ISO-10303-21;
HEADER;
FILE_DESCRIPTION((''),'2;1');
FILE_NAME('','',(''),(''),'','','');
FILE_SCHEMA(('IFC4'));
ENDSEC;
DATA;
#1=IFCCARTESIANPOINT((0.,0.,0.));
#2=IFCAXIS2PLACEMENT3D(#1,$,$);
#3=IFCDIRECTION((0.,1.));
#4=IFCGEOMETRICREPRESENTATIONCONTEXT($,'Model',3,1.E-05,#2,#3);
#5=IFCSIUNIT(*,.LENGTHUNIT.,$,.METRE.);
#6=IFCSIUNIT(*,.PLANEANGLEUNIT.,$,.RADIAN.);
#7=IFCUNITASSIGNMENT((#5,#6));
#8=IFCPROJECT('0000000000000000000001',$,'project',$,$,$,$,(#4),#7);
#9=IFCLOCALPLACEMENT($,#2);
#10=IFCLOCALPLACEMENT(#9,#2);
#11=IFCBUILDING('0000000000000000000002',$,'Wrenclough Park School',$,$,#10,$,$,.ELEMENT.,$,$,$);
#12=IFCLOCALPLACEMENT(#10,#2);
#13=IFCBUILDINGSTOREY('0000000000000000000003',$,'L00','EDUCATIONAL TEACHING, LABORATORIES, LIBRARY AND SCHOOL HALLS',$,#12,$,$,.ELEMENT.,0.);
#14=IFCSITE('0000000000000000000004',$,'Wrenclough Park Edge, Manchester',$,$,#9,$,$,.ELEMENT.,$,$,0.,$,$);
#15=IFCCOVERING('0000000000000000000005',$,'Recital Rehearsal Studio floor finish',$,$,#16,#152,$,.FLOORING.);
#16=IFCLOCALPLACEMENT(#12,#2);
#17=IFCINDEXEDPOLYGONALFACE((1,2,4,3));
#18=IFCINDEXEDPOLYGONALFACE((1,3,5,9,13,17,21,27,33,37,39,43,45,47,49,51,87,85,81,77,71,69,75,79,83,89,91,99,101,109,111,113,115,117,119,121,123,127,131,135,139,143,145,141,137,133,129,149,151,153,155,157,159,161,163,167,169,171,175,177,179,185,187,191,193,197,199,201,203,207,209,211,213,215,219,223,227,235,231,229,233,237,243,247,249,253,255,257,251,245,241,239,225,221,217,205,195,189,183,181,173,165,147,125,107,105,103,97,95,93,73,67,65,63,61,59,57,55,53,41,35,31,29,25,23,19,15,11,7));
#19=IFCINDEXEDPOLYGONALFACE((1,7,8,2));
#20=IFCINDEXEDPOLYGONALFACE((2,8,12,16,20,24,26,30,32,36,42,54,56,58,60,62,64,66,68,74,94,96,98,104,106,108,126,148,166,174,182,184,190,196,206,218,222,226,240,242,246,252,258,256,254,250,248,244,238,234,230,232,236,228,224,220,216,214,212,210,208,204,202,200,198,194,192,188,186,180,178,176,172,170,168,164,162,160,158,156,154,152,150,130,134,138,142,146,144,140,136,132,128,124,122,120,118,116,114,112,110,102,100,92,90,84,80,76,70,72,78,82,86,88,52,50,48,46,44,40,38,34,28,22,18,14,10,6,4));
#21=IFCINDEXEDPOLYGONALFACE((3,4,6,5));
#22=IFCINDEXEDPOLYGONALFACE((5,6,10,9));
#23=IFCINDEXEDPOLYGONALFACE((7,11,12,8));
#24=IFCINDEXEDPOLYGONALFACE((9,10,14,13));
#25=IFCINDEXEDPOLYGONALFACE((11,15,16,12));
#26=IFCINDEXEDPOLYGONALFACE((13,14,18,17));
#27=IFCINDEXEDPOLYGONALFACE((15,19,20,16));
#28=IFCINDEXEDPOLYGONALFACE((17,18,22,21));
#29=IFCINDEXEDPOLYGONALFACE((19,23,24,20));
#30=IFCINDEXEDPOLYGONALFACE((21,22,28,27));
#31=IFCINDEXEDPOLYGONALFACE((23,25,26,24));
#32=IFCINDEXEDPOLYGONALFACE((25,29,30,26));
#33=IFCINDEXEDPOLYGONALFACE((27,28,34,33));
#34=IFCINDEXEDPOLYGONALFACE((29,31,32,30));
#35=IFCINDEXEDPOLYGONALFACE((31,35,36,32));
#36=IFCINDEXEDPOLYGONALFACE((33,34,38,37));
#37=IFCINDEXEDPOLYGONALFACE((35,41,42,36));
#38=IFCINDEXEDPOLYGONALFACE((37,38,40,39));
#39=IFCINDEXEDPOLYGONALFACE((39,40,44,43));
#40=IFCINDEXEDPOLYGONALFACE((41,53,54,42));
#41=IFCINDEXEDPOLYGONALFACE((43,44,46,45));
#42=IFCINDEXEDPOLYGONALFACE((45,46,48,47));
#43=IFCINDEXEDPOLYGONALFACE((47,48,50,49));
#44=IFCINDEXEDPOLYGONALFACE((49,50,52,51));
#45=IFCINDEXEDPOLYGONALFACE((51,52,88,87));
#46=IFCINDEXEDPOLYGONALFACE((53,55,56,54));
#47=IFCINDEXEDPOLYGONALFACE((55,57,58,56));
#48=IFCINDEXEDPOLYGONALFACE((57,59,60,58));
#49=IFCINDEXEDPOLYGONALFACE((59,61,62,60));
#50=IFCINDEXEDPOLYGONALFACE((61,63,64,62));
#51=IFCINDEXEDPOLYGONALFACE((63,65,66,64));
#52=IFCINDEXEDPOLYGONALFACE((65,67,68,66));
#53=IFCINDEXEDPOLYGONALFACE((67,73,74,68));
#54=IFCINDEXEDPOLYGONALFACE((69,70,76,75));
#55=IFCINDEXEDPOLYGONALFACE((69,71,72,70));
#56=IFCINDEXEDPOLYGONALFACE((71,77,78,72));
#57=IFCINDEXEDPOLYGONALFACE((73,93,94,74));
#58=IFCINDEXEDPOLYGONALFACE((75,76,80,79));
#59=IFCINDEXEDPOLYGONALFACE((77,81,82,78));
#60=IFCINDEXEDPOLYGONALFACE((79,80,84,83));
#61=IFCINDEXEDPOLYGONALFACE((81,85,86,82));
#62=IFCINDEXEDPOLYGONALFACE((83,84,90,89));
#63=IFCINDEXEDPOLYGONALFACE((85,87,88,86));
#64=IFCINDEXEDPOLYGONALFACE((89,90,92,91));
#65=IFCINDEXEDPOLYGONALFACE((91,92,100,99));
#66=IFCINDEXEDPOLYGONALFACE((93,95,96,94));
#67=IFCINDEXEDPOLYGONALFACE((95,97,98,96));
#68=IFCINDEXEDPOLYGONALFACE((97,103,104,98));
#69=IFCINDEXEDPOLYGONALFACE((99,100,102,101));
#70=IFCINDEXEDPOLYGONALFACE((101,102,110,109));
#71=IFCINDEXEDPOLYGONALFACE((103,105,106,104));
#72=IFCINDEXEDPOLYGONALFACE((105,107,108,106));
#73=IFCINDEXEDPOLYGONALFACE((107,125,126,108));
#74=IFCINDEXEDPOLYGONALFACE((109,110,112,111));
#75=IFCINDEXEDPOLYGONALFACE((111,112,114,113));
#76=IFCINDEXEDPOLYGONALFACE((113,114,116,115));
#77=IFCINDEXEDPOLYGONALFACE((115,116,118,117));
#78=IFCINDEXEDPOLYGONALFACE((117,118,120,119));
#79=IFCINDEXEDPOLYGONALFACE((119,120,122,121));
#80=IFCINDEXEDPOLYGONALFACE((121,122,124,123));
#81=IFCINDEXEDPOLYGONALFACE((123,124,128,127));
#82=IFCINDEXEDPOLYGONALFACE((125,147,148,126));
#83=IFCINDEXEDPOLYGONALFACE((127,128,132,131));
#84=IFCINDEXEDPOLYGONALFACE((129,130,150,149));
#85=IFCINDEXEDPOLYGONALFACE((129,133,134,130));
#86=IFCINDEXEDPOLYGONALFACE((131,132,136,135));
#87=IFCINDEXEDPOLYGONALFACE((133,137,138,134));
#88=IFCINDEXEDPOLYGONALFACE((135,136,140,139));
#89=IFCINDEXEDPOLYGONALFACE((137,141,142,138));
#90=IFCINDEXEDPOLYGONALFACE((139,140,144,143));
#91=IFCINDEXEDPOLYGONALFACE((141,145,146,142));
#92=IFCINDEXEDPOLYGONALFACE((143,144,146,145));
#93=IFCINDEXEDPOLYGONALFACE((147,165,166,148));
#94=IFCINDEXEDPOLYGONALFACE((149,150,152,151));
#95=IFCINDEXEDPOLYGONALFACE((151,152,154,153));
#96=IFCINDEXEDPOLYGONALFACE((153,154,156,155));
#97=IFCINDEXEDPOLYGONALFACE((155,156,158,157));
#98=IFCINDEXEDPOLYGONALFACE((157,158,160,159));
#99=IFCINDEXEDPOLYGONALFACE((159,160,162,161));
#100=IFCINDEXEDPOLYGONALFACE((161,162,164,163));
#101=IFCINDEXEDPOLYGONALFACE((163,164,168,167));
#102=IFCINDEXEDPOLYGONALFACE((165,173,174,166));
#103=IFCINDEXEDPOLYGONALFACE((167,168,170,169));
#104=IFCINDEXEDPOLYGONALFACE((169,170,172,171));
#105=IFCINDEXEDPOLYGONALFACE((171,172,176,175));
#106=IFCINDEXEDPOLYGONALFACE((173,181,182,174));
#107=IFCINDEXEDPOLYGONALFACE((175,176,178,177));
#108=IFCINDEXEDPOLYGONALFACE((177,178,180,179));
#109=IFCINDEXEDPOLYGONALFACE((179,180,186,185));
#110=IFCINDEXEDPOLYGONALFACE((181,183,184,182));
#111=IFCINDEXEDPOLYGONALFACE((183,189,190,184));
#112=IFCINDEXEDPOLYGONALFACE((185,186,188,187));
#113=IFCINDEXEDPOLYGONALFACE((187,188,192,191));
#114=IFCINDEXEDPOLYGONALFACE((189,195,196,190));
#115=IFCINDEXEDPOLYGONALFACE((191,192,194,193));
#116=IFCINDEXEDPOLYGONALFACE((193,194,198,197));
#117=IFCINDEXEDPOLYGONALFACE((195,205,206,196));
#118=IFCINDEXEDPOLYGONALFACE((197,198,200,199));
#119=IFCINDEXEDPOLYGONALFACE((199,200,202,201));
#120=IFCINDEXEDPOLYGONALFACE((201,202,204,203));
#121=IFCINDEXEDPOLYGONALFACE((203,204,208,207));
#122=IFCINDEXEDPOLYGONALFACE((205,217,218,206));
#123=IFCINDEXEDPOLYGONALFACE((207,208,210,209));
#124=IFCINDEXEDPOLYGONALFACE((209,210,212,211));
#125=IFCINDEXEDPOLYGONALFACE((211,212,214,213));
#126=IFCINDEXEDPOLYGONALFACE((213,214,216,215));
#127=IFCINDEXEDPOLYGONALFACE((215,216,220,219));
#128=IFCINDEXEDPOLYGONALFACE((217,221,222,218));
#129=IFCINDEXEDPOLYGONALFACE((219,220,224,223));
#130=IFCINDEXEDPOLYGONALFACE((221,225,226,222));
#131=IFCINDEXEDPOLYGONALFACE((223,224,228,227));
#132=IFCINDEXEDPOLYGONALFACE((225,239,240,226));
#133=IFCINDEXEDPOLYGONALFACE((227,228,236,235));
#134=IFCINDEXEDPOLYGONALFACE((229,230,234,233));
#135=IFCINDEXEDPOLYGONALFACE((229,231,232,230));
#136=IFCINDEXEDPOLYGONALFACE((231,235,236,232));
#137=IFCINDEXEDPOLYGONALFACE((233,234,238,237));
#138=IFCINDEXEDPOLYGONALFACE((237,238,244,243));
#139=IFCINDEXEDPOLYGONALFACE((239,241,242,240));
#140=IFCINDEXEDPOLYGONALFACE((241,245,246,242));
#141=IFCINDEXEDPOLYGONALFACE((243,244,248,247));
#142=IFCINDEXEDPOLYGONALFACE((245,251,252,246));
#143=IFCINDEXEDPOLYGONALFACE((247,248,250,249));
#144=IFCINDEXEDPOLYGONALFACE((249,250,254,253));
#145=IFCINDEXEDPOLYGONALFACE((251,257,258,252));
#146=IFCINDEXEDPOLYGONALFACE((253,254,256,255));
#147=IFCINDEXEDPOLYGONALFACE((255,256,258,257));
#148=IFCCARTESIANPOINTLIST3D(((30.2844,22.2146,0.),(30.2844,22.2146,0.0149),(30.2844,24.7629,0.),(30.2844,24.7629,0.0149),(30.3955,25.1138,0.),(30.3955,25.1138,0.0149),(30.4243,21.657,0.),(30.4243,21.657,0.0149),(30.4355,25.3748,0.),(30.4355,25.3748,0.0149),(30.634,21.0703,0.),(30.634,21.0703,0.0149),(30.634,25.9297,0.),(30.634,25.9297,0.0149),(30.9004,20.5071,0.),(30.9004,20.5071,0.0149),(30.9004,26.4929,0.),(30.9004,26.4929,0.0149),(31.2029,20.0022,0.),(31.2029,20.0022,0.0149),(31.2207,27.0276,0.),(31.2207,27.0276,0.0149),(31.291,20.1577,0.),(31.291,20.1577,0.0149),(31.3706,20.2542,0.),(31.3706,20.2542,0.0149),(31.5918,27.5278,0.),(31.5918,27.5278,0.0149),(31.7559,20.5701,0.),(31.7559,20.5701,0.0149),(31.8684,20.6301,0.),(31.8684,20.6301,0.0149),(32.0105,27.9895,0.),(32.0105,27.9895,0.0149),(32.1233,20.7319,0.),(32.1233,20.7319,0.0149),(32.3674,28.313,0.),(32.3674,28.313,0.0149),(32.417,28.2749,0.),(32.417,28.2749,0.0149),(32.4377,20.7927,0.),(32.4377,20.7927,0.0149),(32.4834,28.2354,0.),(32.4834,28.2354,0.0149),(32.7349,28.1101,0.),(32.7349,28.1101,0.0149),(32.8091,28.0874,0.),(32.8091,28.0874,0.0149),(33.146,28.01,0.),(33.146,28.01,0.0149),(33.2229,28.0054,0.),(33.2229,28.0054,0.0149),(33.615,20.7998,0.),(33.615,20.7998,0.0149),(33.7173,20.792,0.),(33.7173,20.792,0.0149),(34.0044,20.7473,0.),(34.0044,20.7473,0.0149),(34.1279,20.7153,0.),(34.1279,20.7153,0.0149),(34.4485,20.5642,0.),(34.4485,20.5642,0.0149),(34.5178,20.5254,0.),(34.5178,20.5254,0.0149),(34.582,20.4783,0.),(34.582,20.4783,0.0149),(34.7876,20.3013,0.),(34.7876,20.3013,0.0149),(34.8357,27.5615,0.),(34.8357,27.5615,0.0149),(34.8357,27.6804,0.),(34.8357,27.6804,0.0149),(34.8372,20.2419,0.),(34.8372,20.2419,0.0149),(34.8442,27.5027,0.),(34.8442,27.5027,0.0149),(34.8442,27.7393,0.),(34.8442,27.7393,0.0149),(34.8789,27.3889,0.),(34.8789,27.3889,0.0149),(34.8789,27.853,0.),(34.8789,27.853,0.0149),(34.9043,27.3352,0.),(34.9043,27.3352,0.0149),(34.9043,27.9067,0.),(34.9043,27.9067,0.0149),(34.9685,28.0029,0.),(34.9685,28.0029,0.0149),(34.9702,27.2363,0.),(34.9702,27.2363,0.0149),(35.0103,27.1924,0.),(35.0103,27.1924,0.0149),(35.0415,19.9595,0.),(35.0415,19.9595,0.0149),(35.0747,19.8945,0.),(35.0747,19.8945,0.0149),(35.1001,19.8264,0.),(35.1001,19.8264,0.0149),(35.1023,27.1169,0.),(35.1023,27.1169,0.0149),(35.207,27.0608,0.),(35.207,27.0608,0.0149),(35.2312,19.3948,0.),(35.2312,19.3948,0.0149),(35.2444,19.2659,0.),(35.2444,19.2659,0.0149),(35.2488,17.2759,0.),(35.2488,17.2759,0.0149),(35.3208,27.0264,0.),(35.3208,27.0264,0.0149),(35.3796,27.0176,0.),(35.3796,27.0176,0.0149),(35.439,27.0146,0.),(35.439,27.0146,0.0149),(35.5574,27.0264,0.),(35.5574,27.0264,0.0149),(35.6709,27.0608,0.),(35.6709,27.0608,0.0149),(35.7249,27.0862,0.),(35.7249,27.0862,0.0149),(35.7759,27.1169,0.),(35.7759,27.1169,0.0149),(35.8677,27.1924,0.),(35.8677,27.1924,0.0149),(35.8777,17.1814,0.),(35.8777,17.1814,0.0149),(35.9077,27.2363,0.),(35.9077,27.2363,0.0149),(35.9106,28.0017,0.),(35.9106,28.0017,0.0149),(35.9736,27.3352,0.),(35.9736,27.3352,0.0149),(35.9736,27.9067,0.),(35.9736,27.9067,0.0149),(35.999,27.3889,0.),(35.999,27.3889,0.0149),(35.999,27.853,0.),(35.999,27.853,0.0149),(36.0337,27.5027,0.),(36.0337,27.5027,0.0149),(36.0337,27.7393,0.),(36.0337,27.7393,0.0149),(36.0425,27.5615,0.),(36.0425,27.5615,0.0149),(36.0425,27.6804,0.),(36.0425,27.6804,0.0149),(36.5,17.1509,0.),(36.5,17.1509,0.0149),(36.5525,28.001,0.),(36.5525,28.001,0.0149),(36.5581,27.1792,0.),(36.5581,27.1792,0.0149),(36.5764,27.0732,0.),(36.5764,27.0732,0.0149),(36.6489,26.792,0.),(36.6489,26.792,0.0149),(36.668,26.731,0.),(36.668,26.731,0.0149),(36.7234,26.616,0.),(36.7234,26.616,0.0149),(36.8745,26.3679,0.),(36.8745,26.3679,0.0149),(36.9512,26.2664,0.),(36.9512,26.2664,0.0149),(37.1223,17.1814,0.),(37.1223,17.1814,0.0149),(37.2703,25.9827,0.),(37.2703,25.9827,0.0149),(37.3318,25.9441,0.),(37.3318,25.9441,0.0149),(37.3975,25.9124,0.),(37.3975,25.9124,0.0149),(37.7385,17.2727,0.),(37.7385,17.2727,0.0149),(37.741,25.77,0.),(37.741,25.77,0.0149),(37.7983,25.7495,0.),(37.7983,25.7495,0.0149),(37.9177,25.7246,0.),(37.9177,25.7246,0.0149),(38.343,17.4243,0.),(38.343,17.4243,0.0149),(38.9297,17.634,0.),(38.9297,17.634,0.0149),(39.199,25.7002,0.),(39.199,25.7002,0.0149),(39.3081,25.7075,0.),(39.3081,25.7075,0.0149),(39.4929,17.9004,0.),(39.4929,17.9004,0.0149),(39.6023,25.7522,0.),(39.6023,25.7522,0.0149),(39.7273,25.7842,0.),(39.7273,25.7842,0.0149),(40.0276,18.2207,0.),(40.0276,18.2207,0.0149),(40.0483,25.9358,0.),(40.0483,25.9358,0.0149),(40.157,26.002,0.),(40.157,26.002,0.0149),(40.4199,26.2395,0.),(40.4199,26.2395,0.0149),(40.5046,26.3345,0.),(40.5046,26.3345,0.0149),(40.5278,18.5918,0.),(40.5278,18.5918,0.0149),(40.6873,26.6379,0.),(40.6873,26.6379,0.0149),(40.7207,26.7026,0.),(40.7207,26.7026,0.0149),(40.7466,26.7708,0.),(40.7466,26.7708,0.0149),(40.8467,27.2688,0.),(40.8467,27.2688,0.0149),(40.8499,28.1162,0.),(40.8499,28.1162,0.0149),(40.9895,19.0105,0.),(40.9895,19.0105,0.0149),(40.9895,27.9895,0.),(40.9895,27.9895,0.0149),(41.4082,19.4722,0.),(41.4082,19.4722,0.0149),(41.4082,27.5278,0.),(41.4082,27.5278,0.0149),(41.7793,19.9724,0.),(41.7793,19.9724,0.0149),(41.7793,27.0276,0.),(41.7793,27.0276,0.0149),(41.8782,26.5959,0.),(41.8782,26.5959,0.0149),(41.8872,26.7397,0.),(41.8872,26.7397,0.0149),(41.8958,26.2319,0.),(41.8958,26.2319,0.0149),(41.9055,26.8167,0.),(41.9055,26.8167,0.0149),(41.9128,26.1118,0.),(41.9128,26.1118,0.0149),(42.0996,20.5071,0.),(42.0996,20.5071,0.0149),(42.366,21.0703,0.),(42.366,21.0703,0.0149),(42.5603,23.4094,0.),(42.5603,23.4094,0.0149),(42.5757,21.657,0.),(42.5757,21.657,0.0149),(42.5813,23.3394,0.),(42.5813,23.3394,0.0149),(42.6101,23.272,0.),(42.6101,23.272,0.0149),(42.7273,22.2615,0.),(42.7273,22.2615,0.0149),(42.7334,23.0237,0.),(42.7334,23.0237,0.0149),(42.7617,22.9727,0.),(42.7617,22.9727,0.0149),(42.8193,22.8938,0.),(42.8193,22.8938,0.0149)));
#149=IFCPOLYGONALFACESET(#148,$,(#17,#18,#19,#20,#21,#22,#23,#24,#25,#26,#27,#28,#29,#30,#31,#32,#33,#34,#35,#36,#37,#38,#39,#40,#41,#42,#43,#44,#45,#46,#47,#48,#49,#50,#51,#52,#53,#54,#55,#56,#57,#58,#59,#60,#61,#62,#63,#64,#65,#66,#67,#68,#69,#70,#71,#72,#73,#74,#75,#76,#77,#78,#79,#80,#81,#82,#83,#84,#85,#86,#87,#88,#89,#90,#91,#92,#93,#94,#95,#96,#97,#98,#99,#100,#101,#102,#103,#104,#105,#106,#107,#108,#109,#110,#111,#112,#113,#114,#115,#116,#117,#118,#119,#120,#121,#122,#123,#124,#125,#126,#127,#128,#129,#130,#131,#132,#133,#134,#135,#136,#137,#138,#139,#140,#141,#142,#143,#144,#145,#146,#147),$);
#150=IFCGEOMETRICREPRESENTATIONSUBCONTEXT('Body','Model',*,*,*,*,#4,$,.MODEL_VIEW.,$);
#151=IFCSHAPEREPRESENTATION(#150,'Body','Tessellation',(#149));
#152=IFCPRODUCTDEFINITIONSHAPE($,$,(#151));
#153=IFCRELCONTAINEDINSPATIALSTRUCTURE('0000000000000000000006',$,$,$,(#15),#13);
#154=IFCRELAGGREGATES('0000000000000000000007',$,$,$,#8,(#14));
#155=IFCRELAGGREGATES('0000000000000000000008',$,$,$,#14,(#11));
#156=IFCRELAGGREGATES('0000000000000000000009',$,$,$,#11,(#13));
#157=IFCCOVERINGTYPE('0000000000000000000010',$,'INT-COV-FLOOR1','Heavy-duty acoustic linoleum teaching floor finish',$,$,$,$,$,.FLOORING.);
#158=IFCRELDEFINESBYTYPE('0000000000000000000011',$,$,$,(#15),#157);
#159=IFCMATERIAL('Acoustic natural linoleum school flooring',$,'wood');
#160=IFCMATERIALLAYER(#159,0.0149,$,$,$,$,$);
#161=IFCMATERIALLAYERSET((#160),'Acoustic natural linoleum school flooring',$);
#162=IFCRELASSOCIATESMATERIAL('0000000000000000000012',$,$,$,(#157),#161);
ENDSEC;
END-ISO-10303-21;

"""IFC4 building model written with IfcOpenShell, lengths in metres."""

from ifc_helpers import new_model, si_unit, direction, origin, place, context, subcontext, project, spatial, polyline, outline, extrude, material, layer, layer_set, type_object, element, save


model = new_model("IFC4")

# Units and contexts
model_context = context("Model", 3, precision=1e-05, world=origin(), true_north=direction((0.0, 1.0)))
body_context = subcontext(model_context, "Body", "Model", "MODEL_VIEW")
ifc_project = project(units=[si_unit("LENGTHUNIT", "METRE"), si_unit("PLANEANGLEUNIT", "RADIAN")], contexts=[model_context])

# Site, building, storey
site_placement = place(None, origin())
site = spatial("IfcSite", under=ifc_project, at=site_placement, Name="Wrenclough Park Edge, Manchester", CompositionType="ELEMENT", RefElevation=0.0)
building_placement = place(site_placement, origin())
building = spatial("IfcBuilding", under=site, at=building_placement, Name="Wrenclough Park School", CompositionType="ELEMENT")
storey_placement = place(building_placement, origin())
storey = spatial("IfcBuildingStorey", under=building, at=storey_placement, Name="L00", Description="EDUCATIONAL TEACHING, LABORATORIES, LIBRARY AND SCHOOL HALLS", CompositionType="ELEMENT", Elevation=0.0)

# Covering
ifc_material_1 = material(Name="Acoustic natural linoleum school flooring", Category="wood")
ifc_layer_1 = layer(ifc_material_1, 0.0149)
ifc_layer_set_1 = layer_set([ifc_layer_1], Name="Acoustic natural linoleum school flooring")
covering_type_1 = type_object("IfcCoveringType", Name="INT-COV-FLOOR1", Description="Heavy-duty acoustic linoleum teaching floor finish", PredefinedType="FLOORING", material=ifc_layer_set_1)
covering_1_placement = place(storey_placement, origin())
element("IfcCovering", 1, at=covering_1_placement, inside=storey, type_object=covering_type_1, Name="Recital Rehearsal Studio floor finish", PredefinedType="FLOORING", context=body_context, shape_type="SweptSolid", body=[
    extrude(outline(polyline([(30.9004, 20.5071), (31.2029, 20.0022), (31.291, 20.1577), (31.3706, 20.2542), (31.7559, 20.5701), (31.8684, 20.6301), (32.1233, 20.7319), (32.4377, 20.7927), (33.615, 20.7998), (33.7173, 20.792), (34.0044, 20.7473), (34.1279, 20.7153), (34.4485, 20.5642), (34.5178, 20.5254), (34.582, 20.4783), (34.7876, 20.3013), (34.8372, 20.2419), (35.0415, 19.9595), (35.0747, 19.8945), (35.1001, 19.8264), (35.2312, 19.3948), (35.2444, 19.2659), (35.2488, 17.2759), (35.8777, 17.1814), (36.5, 17.1509), (37.1223, 17.1814), (37.7385, 17.2727), (38.343, 17.4243), (38.9297, 17.634), (39.4929, 17.9004), (40.0276, 18.2207), (40.5278, 18.5918), (40.9895, 19.0105), (41.4082, 19.4722), (41.7793, 19.9724), (42.0996, 20.5071), (42.366, 21.0703), (42.5757, 21.657), (42.7273, 22.2615), (42.8193, 22.8938), (42.7617, 22.9727), (42.7334, 23.0237), (42.6101, 23.272), (42.5813, 23.3394), (42.5603, 23.4094), (41.9128, 26.1118), (41.8958, 26.2319), (41.8782, 26.5959), (41.8872, 26.7397), (41.9055, 26.8167), (41.7793, 27.0276), (41.4082, 27.5278), (40.9895, 27.9895), (40.8499, 28.1162), (40.8467, 27.2688), (40.7466, 26.7708), (40.7207, 26.7026), (40.6873, 26.6379), (40.5046, 26.3345), (40.4199, 26.2395), (40.157, 26.002), (40.0483, 25.9358), (39.7273, 25.7842), (39.6023, 25.7522), (39.3081, 25.7075), (39.199, 25.7002), (37.9177, 25.7246), (37.7983, 25.7495), (37.741, 25.77), (37.3975, 25.9124), (37.3318, 25.9441), (37.2703, 25.9827), (36.9512, 26.2664), (36.8745, 26.3679), (36.7234, 26.616), (36.668, 26.731), (36.6489, 26.792), (36.5764, 27.0732), (36.5581, 27.1792), (36.5525, 28.001), (35.9106, 28.0017), (35.9736, 27.9067), (35.999, 27.853), (36.0337, 27.7393), (36.0425, 27.6804), (36.0425, 27.5615), (36.0337, 27.5027), (35.999, 27.3889), (35.9736, 27.3352), (35.9077, 27.2363), (35.8677, 27.1924), (35.7759, 27.1169), (35.7249, 27.0862), (35.6709, 27.0608), (35.5574, 27.0264), (35.439, 27.0146), (35.3796, 27.0176), (35.3208, 27.0264), (35.207, 27.0608), (35.1023, 27.1169), (35.0103, 27.1924), (34.9702, 27.2363), (34.9043, 27.3352), (34.8789, 27.3889), (34.8442, 27.5027), (34.8357, 27.5615), (34.8357, 27.6804), (34.8442, 27.7393), (34.8789, 27.853), (34.9043, 27.9067), (34.9685, 28.0029), (33.2229, 28.0054), (33.146, 28.01), (32.8091, 28.0874), (32.7349, 28.1101), (32.4834, 28.2354), (32.417, 28.2749), (32.3674, 28.313), (32.0105, 27.9895), (31.5918, 27.5278), (31.2207, 27.0276), (30.9004, 26.4929), (30.634, 25.9297), (30.4355, 25.3748), (30.3955, 25.1138), (30.2844, 24.7629), (30.2844, 22.2146), (30.4243, 21.657), (30.634, 21.0703), (30.9004, 20.5071)])), origin(), (0.0, 0.0, 1.0), 0.0149),
])

save(model, "model.ifc")
